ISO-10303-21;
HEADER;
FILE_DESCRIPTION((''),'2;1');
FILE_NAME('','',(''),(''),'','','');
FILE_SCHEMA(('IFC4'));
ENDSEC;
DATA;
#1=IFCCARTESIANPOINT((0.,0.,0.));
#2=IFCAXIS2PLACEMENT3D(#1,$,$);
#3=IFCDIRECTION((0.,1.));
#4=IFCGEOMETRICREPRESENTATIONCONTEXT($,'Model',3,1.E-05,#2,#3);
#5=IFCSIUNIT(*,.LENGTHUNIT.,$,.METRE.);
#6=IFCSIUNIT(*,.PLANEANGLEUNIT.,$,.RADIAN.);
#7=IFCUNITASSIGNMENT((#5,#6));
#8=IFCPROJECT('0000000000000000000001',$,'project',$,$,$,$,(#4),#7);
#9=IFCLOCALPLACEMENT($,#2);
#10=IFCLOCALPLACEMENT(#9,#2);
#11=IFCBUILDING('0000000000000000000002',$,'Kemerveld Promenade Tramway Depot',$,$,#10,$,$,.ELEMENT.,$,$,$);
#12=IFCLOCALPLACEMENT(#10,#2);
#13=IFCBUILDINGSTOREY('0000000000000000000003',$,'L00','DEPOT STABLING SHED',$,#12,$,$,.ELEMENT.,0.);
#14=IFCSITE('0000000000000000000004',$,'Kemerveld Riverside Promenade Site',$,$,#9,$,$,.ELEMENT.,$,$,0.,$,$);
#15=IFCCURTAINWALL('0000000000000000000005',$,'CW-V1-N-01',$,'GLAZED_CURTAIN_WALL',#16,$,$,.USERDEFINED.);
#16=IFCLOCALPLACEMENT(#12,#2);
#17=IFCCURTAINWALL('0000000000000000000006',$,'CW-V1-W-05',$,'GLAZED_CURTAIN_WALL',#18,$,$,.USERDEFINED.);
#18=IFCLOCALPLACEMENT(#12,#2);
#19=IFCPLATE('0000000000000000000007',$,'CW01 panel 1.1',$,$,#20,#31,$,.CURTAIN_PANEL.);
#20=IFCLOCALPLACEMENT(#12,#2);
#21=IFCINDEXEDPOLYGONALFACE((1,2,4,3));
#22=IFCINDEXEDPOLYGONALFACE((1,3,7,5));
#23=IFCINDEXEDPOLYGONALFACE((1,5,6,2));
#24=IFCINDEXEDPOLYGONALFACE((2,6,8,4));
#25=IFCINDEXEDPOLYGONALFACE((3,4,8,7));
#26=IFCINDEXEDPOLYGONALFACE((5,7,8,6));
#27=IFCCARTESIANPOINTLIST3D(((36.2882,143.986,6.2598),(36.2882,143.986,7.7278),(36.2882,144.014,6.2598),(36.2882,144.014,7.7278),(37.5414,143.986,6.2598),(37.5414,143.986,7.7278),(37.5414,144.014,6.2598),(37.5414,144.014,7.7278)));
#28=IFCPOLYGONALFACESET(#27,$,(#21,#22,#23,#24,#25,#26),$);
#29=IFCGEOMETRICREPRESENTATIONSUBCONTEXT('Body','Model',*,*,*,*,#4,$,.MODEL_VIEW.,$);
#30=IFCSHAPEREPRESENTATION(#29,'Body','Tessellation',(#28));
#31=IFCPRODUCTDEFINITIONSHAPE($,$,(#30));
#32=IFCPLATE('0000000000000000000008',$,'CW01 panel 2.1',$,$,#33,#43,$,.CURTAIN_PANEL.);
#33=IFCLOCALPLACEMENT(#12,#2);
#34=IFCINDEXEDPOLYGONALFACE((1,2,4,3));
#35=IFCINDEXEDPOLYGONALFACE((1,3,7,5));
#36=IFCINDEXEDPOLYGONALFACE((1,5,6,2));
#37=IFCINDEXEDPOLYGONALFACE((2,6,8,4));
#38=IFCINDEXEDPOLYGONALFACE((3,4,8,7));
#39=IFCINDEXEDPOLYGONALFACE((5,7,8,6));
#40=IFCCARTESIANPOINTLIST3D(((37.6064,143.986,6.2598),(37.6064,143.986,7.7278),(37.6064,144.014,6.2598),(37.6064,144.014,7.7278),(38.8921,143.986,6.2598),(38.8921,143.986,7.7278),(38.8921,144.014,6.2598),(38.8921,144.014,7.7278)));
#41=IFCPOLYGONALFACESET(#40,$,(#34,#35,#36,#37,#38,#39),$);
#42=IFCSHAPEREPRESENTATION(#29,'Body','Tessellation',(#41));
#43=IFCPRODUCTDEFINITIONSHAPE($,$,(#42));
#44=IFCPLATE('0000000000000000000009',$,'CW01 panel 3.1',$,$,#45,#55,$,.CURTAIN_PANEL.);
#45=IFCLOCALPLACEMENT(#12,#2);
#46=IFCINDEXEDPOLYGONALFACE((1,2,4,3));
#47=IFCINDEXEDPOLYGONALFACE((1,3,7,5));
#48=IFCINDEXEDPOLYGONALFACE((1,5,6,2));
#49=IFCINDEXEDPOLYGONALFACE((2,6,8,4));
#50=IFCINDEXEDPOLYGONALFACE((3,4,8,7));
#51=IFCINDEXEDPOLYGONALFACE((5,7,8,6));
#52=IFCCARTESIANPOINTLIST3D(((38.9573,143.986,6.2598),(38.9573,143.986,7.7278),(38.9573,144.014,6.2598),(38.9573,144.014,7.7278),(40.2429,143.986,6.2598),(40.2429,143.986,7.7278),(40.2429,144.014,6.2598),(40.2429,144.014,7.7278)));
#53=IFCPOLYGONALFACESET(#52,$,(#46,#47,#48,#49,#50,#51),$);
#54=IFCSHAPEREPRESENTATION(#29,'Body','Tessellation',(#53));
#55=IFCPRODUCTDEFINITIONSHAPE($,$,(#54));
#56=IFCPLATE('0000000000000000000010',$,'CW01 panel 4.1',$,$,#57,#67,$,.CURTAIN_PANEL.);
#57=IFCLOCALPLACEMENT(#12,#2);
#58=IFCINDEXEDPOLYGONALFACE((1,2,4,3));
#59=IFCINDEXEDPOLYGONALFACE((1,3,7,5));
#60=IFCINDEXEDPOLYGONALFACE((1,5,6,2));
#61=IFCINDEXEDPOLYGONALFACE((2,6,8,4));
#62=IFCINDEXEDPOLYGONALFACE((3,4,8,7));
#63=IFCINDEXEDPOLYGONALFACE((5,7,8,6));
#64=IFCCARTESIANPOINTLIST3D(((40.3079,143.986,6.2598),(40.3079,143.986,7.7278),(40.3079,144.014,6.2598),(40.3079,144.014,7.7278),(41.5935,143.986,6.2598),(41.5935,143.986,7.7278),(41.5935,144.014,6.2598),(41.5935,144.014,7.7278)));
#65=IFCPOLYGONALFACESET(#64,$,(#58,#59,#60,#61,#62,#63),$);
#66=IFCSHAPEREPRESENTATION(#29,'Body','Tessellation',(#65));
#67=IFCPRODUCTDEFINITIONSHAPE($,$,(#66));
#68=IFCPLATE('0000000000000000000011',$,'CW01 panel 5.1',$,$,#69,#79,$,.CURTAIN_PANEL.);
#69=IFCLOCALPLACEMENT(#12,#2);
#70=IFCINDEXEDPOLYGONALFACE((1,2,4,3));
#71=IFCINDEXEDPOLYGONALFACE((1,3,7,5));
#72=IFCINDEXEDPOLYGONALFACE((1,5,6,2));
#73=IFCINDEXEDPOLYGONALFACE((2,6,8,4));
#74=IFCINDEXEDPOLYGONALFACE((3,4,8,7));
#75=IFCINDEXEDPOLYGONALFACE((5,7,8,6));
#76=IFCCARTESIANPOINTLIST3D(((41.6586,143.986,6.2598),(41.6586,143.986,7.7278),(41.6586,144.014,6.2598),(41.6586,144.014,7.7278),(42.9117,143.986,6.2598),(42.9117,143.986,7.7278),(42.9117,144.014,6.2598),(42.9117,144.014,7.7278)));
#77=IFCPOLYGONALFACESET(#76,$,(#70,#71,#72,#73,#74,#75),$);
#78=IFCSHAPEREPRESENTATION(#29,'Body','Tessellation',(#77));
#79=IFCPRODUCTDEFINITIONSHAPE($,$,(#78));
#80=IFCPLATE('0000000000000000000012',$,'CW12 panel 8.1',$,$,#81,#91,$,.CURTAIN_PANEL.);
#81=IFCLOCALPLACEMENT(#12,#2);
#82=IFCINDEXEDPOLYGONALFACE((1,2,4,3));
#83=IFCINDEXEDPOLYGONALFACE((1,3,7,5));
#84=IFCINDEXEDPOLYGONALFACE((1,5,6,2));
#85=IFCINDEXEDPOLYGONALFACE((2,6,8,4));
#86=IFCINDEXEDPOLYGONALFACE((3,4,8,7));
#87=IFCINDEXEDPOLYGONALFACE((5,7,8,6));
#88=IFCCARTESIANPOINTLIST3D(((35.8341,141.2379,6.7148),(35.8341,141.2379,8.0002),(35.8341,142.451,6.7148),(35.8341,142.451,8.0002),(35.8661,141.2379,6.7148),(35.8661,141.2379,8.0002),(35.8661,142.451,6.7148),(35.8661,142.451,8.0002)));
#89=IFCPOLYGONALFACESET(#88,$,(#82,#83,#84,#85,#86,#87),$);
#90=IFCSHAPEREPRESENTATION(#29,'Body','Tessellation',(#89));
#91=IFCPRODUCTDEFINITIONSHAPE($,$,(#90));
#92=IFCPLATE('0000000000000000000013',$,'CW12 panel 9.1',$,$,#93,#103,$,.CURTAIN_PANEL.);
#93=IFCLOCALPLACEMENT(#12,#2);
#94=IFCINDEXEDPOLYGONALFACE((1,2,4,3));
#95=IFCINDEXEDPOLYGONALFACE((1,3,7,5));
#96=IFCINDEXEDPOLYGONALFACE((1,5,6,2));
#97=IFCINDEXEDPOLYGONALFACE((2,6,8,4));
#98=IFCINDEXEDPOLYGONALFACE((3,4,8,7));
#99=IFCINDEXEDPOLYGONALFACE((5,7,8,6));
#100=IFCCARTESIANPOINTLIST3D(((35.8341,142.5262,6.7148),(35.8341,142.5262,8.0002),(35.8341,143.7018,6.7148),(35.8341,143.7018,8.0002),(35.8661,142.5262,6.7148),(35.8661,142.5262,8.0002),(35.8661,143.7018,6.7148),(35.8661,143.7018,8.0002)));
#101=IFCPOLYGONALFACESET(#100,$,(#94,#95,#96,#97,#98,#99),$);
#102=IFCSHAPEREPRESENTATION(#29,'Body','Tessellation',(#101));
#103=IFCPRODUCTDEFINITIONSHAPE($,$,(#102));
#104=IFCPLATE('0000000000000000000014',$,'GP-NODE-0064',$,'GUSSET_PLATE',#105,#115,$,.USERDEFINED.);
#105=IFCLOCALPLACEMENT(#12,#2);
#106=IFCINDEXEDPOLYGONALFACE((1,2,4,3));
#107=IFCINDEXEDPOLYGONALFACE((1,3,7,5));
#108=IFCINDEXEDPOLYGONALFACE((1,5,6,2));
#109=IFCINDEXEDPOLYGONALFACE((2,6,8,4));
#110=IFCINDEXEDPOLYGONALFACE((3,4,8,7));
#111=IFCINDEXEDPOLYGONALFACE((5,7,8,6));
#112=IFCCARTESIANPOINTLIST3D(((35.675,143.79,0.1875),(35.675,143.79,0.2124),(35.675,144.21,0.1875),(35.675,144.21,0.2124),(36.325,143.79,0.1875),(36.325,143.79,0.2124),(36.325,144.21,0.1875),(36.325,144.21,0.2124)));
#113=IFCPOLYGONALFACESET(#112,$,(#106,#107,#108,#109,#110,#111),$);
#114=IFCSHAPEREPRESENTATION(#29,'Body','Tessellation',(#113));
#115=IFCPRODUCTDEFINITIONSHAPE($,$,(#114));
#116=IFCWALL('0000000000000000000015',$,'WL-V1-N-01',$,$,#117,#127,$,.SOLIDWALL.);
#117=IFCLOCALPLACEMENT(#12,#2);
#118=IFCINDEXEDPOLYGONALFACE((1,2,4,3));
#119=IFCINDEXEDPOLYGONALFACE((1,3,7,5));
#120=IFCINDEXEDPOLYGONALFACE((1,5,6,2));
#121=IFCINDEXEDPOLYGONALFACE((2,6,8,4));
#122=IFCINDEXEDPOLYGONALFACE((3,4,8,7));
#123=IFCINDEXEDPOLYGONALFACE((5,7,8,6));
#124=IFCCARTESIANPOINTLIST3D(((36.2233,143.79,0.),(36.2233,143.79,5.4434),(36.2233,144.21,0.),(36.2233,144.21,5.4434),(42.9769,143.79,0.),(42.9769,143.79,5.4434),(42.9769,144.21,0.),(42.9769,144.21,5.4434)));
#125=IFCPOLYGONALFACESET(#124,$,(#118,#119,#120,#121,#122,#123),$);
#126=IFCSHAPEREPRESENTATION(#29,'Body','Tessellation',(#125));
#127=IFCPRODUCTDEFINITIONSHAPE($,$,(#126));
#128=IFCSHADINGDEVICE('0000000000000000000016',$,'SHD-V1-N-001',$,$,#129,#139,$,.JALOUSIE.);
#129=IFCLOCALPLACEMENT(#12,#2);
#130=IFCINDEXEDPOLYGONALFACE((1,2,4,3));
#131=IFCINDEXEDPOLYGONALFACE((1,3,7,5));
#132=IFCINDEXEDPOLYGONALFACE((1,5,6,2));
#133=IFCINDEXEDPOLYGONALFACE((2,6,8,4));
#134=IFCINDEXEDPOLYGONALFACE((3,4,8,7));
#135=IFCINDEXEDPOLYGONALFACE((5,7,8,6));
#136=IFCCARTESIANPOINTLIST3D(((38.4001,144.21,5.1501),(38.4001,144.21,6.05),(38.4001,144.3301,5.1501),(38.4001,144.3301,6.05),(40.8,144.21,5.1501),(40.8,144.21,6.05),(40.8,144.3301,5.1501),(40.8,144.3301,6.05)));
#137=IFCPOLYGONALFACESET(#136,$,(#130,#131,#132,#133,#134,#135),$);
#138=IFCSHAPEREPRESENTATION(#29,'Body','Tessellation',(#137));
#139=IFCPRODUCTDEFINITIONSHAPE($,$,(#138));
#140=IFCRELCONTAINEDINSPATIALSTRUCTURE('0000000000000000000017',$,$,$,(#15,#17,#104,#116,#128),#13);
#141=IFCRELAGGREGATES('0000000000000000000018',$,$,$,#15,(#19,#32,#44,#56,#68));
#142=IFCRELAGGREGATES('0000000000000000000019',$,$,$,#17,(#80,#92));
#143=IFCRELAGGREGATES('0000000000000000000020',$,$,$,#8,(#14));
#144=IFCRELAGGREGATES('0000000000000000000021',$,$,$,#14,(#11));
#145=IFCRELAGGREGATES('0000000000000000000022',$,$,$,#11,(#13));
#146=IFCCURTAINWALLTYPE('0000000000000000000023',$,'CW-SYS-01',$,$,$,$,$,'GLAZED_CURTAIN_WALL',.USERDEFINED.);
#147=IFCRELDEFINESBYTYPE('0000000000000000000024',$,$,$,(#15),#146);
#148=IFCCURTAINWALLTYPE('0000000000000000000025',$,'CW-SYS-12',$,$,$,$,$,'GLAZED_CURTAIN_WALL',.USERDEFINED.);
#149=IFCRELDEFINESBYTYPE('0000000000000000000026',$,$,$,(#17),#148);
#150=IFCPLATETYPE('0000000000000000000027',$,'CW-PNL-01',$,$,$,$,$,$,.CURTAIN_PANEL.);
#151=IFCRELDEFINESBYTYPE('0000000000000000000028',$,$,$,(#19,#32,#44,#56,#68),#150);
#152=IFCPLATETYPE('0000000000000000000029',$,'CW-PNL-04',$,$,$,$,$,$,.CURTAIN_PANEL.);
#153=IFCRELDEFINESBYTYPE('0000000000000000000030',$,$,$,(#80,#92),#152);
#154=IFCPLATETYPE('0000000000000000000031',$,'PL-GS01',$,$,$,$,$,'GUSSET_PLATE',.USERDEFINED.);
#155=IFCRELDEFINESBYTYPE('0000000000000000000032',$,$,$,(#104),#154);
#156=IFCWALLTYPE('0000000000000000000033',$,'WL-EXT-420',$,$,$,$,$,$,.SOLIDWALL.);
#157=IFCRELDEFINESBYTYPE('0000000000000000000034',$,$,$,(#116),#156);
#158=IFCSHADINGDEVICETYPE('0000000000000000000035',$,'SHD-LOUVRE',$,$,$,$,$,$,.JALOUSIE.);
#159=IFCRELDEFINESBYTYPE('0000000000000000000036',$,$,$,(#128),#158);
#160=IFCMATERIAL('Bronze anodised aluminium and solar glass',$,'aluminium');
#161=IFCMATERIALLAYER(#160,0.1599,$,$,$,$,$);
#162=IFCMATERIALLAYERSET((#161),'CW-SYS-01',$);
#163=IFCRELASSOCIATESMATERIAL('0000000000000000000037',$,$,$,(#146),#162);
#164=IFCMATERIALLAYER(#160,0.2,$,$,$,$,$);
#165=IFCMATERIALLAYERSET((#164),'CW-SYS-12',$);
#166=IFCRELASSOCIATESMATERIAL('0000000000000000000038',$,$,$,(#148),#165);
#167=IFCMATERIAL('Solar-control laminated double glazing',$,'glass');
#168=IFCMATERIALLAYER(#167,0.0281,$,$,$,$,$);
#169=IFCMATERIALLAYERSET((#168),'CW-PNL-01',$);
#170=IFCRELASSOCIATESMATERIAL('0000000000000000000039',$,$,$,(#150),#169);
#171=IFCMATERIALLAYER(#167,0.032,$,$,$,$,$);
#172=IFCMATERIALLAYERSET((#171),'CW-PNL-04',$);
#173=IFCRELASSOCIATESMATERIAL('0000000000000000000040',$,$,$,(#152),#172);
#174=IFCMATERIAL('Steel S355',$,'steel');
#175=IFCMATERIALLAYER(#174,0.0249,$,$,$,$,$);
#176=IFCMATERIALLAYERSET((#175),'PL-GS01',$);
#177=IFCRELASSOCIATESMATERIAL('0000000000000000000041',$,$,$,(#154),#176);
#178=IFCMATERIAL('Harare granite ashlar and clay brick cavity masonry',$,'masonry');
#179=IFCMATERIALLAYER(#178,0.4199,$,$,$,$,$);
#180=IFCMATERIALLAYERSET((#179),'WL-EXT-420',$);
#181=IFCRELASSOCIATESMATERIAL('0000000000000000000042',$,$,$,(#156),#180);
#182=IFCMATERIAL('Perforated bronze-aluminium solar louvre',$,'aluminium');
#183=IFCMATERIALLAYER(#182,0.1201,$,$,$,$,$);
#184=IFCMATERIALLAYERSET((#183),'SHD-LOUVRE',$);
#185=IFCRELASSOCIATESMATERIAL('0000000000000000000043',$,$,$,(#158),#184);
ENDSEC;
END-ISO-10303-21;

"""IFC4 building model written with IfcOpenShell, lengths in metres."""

from ifc_helpers import new_model, si_unit, direction, frame, frame_2d, origin, origin_2d, place, context, subcontext, project, spatial, rectangle, extrude, material, layer, layer_set, type_object, element, aggregate, save


model = new_model("IFC4")

# Units and contexts
model_context = context("Model", 3, precision=1e-05, world=origin(), true_north=direction((0.0, 1.0)))
body_context = subcontext(model_context, "Body", "Model", "MODEL_VIEW")
ifc_project = project(units=[si_unit("LENGTHUNIT", "METRE"), si_unit("PLANEANGLEUNIT", "RADIAN")], contexts=[model_context])

# Site, building, storey
site_placement = place(None, origin())
site = spatial("IfcSite", under=ifc_project, at=site_placement, Name="Kemerveld Riverside Promenade Site", CompositionType="ELEMENT", RefElevation=0.0)
building_placement = place(site_placement, origin())
building = spatial("IfcBuilding", under=site, at=building_placement, Name="Kemerveld Promenade Tramway Depot", CompositionType="ELEMENT")
storey_placement = place(building_placement, origin())
storey = spatial("IfcBuildingStorey", under=building, at=storey_placement, Name="L00", Description="DEPOT STABLING SHED", CompositionType="ELEMENT", Elevation=0.0)

# Shared definitions
ifc_material_1 = material(Name="Steel S355", Category="steel")

# Curtain walls
ifc_material_2 = material(Name="Bronze anodised aluminium and solar glass", Category="aluminium")
ifc_layer_1 = layer(ifc_material_2, 0.1599)
ifc_layer_set_1 = layer_set([ifc_layer_1], Name="CW-SYS-01")
curtain_wall_type_1 = type_object("IfcCurtainWallType", Name="CW-SYS-01", ElementType="GLAZED_CURTAIN_WALL", PredefinedType="USERDEFINED", material=ifc_layer_set_1)
curtain_wall_1_placement = place(storey_placement, origin())
curtain_wall_1 = element("IfcCurtainWall", 1, at=curtain_wall_1_placement, inside=storey, type_object=curtain_wall_type_1, Name="CW-V1-N-01", ObjectType="GLAZED_CURTAIN_WALL", PredefinedType="USERDEFINED")
ifc_layer_2 = layer(ifc_material_2, 0.2)
ifc_layer_set_2 = layer_set([ifc_layer_2], Name="CW-SYS-12")
curtain_wall_type_2 = type_object("IfcCurtainWallType", Name="CW-SYS-12", ElementType="GLAZED_CURTAIN_WALL", PredefinedType="USERDEFINED", material=ifc_layer_set_2)
curtain_wall_2_placement = place(storey_placement, origin())
curtain_wall_2 = element("IfcCurtainWall", 2, at=curtain_wall_2_placement, inside=storey, type_object=curtain_wall_type_2, Name="CW-V1-W-05", ObjectType="GLAZED_CURTAIN_WALL", PredefinedType="USERDEFINED")

# Plates
ifc_material_3 = material(Name="Solar-control laminated double glazing", Category="glass")
ifc_layer_3 = layer(ifc_material_3, 0.0281)
ifc_layer_set_3 = layer_set([ifc_layer_3], Name="CW-PNL-01")
plate_type_1 = type_object("IfcPlateType", Name="CW-PNL-01", PredefinedType="CURTAIN_PANEL", material=ifc_layer_set_3)
plate_1_placement = place(storey_placement, frame((36.9148, 144.0, 6.2598), z_axis=(0.0, 0.0, 1.0), x_axis=(1.0, 0.0, 0.0)))
plate_1 = element("IfcPlate", 3, at=plate_1_placement, type_object=plate_type_1, Name="CW01 panel 1.1", PredefinedType="CURTAIN_PANEL", context=body_context, shape_type="SweptSolid", body=[
    extrude(rectangle(XDim=1.2532, YDim=0.0281, at=origin_2d()), origin(), (0.0, 0.0, 1.0), 1.468),
])
plate_2_placement = place(storey_placement, frame((38.2493, 144.0, 6.2598), z_axis=(0.0, 0.0, 1.0), x_axis=(1.0, 0.0, 0.0)))
plate_2 = element("IfcPlate", 4, at=plate_2_placement, type_object=plate_type_1, Name="CW01 panel 2.1", PredefinedType="CURTAIN_PANEL", context=body_context, shape_type="SweptSolid", body=[
    extrude(rectangle(XDim=1.2856, YDim=0.0281, at=origin_2d()), origin(), (0.0, 0.0, 1.0), 1.468),
])
plate_3_placement = place(storey_placement, frame((39.6001, 144.0, 6.2598), z_axis=(0.0, 0.0, 1.0), x_axis=(1.0, 0.0, 0.0)))
plate_3 = element("IfcPlate", 5, at=plate_3_placement, type_object=plate_type_1, Name="CW01 panel 3.1", PredefinedType="CURTAIN_PANEL", context=body_context, shape_type="SweptSolid", body=[
    extrude(rectangle(XDim=1.2856, YDim=0.0281, at=origin_2d()), origin(), (0.0, 0.0, 1.0), 1.468),
])
plate_4_placement = place(storey_placement, frame((40.9507, 144.0, 6.2598), z_axis=(0.0, 0.0, 1.0), x_axis=(1.0, 0.0, 0.0)))
plate_4 = element("IfcPlate", 6, at=plate_4_placement, type_object=plate_type_1, Name="CW01 panel 4.1", PredefinedType="CURTAIN_PANEL", context=body_context, shape_type="SweptSolid", body=[
    extrude(rectangle(XDim=1.2856, YDim=0.0281, at=origin_2d()), origin(), (0.0, 0.0, 1.0), 1.468),
])
plate_5_placement = place(storey_placement, frame((42.2852, 144.0, 6.2598), z_axis=(0.0, 0.0, 1.0), x_axis=(1.0, 0.0, 0.0)))
plate_5 = element("IfcPlate", 7, at=plate_5_placement, type_object=plate_type_1, Name="CW01 panel 5.1", PredefinedType="CURTAIN_PANEL", context=body_context, shape_type="SweptSolid", body=[
    extrude(rectangle(XDim=1.2532, YDim=0.0281, at=origin_2d()), origin(), (0.0, 0.0, 1.0), 1.468),
])
aggregate(curtain_wall_1, [plate_1, plate_2, plate_3, plate_4, plate_5])
ifc_layer_4 = layer(ifc_material_3, 0.032)
ifc_layer_set_4 = layer_set([ifc_layer_4], Name="CW-PNL-04")
plate_type_2 = type_object("IfcPlateType", Name="CW-PNL-04", PredefinedType="CURTAIN_PANEL", material=ifc_layer_set_4)
plate_6_placement = place(storey_placement, frame((35.8501, 141.8445, 6.7148), z_axis=(0.0, 0.0, 1.0), x_axis=(0.0, 1.0, 0.0)))
plate_6 = element("IfcPlate", 8, at=plate_6_placement, type_object=plate_type_2, Name="CW12 panel 8.1", PredefinedType="CURTAIN_PANEL", context=body_context, shape_type="SweptSolid", body=[
    extrude(rectangle(XDim=1.2131, YDim=0.032, at=origin_2d()), origin(), (0.0, 0.0, 1.0), 1.2854),
])
plate_7_placement = place(storey_placement, frame((35.8501, 143.114, 6.7148), z_axis=(0.0, 0.0, 1.0), x_axis=(0.0, 1.0, 0.0)))
plate_7 = element("IfcPlate", 9, at=plate_7_placement, type_object=plate_type_2, Name="CW12 panel 9.1", PredefinedType="CURTAIN_PANEL", context=body_context, shape_type="SweptSolid", body=[
    extrude(rectangle(XDim=1.1755, YDim=0.032, at=origin_2d()), origin(), (0.0, 0.0, 1.0), 1.2854),
])
aggregate(curtain_wall_2, [plate_6, plate_7])
ifc_layer_5 = layer(ifc_material_1, 0.0249)
ifc_layer_set_5 = layer_set([ifc_layer_5], Name="PL-GS01")
plate_type_3 = type_object("IfcPlateType", Name="PL-GS01", ElementType="GUSSET_PLATE", PredefinedType="USERDEFINED", material=ifc_layer_set_5)
plate_8_placement = place(storey_placement, frame((36.0, 144.0, 0.1875), z_axis=(0.0, 0.0, 1.0), x_axis=(1.0, 0.0, 0.0)))
element("IfcPlate", 10, at=plate_8_placement, inside=storey, type_object=plate_type_3, Name="GP-NODE-0064", ObjectType="GUSSET_PLATE", PredefinedType="USERDEFINED", context=body_context, shape_type="SweptSolid", body=[
    extrude(rectangle(XDim=0.6499, YDim=0.4199, at=origin_2d()), origin(), (0.0, 0.0, 1.0), 0.0249),
])

# Wall
ifc_material_4 = material(Name="Harare granite ashlar and clay brick cavity masonry", Category="masonry")
ifc_layer_6 = layer(ifc_material_4, 0.4199)
ifc_layer_set_6 = layer_set([ifc_layer_6], Name="WL-EXT-420")
wall_type = type_object("IfcWallType", Name="WL-EXT-420", PredefinedType="SOLIDWALL", material=ifc_layer_set_6)
wall_placement = place(storey_placement, frame((36.2231, 144.0, 0.0), z_axis=(0.0, 0.0, 1.0), x_axis=(1.0, 0.0, 0.0)))
element("IfcWall", 11, at=wall_placement, inside=storey, type_object=wall_type, Name="WL-V1-N-01", PredefinedType="SOLIDWALL", context=body_context, shape_type="SweptSolid", body=[
    extrude(rectangle(XDim=6.7537, YDim=0.4199, at=frame_2d((3.377, 0.0))), origin(), (0.0, 0.0, 1.0), 5.4434),
])

# Shading device
ifc_material_5 = material(Name="Perforated bronze-aluminium solar louvre", Category="aluminium")
ifc_layer_7 = layer(ifc_material_5, 0.1201)
ifc_layer_set_7 = layer_set([ifc_layer_7], Name="SHD-LOUVRE")
shading_device_type = type_object("IfcShadingDeviceType", Name="SHD-LOUVRE", PredefinedType="JALOUSIE", material=ifc_layer_set_7)
shading_device_placement = place(storey_placement, frame((39.6001, 144.27, 5.1501), z_axis=(0.0, 0.0, 1.0), x_axis=(1.0, 0.0, 0.0)))
element("IfcShadingDevice", 12, at=shading_device_placement, inside=storey, type_object=shading_device_type, Name="SHD-V1-N-001", PredefinedType="JALOUSIE", context=body_context, shape_type="SweptSolid", body=[
    extrude(rectangle(XDim=2.3999, YDim=0.1201, at=origin_2d()), origin(), (0.0, 0.0, 1.0), 0.8999),
])

save(model, "model.ifc")
